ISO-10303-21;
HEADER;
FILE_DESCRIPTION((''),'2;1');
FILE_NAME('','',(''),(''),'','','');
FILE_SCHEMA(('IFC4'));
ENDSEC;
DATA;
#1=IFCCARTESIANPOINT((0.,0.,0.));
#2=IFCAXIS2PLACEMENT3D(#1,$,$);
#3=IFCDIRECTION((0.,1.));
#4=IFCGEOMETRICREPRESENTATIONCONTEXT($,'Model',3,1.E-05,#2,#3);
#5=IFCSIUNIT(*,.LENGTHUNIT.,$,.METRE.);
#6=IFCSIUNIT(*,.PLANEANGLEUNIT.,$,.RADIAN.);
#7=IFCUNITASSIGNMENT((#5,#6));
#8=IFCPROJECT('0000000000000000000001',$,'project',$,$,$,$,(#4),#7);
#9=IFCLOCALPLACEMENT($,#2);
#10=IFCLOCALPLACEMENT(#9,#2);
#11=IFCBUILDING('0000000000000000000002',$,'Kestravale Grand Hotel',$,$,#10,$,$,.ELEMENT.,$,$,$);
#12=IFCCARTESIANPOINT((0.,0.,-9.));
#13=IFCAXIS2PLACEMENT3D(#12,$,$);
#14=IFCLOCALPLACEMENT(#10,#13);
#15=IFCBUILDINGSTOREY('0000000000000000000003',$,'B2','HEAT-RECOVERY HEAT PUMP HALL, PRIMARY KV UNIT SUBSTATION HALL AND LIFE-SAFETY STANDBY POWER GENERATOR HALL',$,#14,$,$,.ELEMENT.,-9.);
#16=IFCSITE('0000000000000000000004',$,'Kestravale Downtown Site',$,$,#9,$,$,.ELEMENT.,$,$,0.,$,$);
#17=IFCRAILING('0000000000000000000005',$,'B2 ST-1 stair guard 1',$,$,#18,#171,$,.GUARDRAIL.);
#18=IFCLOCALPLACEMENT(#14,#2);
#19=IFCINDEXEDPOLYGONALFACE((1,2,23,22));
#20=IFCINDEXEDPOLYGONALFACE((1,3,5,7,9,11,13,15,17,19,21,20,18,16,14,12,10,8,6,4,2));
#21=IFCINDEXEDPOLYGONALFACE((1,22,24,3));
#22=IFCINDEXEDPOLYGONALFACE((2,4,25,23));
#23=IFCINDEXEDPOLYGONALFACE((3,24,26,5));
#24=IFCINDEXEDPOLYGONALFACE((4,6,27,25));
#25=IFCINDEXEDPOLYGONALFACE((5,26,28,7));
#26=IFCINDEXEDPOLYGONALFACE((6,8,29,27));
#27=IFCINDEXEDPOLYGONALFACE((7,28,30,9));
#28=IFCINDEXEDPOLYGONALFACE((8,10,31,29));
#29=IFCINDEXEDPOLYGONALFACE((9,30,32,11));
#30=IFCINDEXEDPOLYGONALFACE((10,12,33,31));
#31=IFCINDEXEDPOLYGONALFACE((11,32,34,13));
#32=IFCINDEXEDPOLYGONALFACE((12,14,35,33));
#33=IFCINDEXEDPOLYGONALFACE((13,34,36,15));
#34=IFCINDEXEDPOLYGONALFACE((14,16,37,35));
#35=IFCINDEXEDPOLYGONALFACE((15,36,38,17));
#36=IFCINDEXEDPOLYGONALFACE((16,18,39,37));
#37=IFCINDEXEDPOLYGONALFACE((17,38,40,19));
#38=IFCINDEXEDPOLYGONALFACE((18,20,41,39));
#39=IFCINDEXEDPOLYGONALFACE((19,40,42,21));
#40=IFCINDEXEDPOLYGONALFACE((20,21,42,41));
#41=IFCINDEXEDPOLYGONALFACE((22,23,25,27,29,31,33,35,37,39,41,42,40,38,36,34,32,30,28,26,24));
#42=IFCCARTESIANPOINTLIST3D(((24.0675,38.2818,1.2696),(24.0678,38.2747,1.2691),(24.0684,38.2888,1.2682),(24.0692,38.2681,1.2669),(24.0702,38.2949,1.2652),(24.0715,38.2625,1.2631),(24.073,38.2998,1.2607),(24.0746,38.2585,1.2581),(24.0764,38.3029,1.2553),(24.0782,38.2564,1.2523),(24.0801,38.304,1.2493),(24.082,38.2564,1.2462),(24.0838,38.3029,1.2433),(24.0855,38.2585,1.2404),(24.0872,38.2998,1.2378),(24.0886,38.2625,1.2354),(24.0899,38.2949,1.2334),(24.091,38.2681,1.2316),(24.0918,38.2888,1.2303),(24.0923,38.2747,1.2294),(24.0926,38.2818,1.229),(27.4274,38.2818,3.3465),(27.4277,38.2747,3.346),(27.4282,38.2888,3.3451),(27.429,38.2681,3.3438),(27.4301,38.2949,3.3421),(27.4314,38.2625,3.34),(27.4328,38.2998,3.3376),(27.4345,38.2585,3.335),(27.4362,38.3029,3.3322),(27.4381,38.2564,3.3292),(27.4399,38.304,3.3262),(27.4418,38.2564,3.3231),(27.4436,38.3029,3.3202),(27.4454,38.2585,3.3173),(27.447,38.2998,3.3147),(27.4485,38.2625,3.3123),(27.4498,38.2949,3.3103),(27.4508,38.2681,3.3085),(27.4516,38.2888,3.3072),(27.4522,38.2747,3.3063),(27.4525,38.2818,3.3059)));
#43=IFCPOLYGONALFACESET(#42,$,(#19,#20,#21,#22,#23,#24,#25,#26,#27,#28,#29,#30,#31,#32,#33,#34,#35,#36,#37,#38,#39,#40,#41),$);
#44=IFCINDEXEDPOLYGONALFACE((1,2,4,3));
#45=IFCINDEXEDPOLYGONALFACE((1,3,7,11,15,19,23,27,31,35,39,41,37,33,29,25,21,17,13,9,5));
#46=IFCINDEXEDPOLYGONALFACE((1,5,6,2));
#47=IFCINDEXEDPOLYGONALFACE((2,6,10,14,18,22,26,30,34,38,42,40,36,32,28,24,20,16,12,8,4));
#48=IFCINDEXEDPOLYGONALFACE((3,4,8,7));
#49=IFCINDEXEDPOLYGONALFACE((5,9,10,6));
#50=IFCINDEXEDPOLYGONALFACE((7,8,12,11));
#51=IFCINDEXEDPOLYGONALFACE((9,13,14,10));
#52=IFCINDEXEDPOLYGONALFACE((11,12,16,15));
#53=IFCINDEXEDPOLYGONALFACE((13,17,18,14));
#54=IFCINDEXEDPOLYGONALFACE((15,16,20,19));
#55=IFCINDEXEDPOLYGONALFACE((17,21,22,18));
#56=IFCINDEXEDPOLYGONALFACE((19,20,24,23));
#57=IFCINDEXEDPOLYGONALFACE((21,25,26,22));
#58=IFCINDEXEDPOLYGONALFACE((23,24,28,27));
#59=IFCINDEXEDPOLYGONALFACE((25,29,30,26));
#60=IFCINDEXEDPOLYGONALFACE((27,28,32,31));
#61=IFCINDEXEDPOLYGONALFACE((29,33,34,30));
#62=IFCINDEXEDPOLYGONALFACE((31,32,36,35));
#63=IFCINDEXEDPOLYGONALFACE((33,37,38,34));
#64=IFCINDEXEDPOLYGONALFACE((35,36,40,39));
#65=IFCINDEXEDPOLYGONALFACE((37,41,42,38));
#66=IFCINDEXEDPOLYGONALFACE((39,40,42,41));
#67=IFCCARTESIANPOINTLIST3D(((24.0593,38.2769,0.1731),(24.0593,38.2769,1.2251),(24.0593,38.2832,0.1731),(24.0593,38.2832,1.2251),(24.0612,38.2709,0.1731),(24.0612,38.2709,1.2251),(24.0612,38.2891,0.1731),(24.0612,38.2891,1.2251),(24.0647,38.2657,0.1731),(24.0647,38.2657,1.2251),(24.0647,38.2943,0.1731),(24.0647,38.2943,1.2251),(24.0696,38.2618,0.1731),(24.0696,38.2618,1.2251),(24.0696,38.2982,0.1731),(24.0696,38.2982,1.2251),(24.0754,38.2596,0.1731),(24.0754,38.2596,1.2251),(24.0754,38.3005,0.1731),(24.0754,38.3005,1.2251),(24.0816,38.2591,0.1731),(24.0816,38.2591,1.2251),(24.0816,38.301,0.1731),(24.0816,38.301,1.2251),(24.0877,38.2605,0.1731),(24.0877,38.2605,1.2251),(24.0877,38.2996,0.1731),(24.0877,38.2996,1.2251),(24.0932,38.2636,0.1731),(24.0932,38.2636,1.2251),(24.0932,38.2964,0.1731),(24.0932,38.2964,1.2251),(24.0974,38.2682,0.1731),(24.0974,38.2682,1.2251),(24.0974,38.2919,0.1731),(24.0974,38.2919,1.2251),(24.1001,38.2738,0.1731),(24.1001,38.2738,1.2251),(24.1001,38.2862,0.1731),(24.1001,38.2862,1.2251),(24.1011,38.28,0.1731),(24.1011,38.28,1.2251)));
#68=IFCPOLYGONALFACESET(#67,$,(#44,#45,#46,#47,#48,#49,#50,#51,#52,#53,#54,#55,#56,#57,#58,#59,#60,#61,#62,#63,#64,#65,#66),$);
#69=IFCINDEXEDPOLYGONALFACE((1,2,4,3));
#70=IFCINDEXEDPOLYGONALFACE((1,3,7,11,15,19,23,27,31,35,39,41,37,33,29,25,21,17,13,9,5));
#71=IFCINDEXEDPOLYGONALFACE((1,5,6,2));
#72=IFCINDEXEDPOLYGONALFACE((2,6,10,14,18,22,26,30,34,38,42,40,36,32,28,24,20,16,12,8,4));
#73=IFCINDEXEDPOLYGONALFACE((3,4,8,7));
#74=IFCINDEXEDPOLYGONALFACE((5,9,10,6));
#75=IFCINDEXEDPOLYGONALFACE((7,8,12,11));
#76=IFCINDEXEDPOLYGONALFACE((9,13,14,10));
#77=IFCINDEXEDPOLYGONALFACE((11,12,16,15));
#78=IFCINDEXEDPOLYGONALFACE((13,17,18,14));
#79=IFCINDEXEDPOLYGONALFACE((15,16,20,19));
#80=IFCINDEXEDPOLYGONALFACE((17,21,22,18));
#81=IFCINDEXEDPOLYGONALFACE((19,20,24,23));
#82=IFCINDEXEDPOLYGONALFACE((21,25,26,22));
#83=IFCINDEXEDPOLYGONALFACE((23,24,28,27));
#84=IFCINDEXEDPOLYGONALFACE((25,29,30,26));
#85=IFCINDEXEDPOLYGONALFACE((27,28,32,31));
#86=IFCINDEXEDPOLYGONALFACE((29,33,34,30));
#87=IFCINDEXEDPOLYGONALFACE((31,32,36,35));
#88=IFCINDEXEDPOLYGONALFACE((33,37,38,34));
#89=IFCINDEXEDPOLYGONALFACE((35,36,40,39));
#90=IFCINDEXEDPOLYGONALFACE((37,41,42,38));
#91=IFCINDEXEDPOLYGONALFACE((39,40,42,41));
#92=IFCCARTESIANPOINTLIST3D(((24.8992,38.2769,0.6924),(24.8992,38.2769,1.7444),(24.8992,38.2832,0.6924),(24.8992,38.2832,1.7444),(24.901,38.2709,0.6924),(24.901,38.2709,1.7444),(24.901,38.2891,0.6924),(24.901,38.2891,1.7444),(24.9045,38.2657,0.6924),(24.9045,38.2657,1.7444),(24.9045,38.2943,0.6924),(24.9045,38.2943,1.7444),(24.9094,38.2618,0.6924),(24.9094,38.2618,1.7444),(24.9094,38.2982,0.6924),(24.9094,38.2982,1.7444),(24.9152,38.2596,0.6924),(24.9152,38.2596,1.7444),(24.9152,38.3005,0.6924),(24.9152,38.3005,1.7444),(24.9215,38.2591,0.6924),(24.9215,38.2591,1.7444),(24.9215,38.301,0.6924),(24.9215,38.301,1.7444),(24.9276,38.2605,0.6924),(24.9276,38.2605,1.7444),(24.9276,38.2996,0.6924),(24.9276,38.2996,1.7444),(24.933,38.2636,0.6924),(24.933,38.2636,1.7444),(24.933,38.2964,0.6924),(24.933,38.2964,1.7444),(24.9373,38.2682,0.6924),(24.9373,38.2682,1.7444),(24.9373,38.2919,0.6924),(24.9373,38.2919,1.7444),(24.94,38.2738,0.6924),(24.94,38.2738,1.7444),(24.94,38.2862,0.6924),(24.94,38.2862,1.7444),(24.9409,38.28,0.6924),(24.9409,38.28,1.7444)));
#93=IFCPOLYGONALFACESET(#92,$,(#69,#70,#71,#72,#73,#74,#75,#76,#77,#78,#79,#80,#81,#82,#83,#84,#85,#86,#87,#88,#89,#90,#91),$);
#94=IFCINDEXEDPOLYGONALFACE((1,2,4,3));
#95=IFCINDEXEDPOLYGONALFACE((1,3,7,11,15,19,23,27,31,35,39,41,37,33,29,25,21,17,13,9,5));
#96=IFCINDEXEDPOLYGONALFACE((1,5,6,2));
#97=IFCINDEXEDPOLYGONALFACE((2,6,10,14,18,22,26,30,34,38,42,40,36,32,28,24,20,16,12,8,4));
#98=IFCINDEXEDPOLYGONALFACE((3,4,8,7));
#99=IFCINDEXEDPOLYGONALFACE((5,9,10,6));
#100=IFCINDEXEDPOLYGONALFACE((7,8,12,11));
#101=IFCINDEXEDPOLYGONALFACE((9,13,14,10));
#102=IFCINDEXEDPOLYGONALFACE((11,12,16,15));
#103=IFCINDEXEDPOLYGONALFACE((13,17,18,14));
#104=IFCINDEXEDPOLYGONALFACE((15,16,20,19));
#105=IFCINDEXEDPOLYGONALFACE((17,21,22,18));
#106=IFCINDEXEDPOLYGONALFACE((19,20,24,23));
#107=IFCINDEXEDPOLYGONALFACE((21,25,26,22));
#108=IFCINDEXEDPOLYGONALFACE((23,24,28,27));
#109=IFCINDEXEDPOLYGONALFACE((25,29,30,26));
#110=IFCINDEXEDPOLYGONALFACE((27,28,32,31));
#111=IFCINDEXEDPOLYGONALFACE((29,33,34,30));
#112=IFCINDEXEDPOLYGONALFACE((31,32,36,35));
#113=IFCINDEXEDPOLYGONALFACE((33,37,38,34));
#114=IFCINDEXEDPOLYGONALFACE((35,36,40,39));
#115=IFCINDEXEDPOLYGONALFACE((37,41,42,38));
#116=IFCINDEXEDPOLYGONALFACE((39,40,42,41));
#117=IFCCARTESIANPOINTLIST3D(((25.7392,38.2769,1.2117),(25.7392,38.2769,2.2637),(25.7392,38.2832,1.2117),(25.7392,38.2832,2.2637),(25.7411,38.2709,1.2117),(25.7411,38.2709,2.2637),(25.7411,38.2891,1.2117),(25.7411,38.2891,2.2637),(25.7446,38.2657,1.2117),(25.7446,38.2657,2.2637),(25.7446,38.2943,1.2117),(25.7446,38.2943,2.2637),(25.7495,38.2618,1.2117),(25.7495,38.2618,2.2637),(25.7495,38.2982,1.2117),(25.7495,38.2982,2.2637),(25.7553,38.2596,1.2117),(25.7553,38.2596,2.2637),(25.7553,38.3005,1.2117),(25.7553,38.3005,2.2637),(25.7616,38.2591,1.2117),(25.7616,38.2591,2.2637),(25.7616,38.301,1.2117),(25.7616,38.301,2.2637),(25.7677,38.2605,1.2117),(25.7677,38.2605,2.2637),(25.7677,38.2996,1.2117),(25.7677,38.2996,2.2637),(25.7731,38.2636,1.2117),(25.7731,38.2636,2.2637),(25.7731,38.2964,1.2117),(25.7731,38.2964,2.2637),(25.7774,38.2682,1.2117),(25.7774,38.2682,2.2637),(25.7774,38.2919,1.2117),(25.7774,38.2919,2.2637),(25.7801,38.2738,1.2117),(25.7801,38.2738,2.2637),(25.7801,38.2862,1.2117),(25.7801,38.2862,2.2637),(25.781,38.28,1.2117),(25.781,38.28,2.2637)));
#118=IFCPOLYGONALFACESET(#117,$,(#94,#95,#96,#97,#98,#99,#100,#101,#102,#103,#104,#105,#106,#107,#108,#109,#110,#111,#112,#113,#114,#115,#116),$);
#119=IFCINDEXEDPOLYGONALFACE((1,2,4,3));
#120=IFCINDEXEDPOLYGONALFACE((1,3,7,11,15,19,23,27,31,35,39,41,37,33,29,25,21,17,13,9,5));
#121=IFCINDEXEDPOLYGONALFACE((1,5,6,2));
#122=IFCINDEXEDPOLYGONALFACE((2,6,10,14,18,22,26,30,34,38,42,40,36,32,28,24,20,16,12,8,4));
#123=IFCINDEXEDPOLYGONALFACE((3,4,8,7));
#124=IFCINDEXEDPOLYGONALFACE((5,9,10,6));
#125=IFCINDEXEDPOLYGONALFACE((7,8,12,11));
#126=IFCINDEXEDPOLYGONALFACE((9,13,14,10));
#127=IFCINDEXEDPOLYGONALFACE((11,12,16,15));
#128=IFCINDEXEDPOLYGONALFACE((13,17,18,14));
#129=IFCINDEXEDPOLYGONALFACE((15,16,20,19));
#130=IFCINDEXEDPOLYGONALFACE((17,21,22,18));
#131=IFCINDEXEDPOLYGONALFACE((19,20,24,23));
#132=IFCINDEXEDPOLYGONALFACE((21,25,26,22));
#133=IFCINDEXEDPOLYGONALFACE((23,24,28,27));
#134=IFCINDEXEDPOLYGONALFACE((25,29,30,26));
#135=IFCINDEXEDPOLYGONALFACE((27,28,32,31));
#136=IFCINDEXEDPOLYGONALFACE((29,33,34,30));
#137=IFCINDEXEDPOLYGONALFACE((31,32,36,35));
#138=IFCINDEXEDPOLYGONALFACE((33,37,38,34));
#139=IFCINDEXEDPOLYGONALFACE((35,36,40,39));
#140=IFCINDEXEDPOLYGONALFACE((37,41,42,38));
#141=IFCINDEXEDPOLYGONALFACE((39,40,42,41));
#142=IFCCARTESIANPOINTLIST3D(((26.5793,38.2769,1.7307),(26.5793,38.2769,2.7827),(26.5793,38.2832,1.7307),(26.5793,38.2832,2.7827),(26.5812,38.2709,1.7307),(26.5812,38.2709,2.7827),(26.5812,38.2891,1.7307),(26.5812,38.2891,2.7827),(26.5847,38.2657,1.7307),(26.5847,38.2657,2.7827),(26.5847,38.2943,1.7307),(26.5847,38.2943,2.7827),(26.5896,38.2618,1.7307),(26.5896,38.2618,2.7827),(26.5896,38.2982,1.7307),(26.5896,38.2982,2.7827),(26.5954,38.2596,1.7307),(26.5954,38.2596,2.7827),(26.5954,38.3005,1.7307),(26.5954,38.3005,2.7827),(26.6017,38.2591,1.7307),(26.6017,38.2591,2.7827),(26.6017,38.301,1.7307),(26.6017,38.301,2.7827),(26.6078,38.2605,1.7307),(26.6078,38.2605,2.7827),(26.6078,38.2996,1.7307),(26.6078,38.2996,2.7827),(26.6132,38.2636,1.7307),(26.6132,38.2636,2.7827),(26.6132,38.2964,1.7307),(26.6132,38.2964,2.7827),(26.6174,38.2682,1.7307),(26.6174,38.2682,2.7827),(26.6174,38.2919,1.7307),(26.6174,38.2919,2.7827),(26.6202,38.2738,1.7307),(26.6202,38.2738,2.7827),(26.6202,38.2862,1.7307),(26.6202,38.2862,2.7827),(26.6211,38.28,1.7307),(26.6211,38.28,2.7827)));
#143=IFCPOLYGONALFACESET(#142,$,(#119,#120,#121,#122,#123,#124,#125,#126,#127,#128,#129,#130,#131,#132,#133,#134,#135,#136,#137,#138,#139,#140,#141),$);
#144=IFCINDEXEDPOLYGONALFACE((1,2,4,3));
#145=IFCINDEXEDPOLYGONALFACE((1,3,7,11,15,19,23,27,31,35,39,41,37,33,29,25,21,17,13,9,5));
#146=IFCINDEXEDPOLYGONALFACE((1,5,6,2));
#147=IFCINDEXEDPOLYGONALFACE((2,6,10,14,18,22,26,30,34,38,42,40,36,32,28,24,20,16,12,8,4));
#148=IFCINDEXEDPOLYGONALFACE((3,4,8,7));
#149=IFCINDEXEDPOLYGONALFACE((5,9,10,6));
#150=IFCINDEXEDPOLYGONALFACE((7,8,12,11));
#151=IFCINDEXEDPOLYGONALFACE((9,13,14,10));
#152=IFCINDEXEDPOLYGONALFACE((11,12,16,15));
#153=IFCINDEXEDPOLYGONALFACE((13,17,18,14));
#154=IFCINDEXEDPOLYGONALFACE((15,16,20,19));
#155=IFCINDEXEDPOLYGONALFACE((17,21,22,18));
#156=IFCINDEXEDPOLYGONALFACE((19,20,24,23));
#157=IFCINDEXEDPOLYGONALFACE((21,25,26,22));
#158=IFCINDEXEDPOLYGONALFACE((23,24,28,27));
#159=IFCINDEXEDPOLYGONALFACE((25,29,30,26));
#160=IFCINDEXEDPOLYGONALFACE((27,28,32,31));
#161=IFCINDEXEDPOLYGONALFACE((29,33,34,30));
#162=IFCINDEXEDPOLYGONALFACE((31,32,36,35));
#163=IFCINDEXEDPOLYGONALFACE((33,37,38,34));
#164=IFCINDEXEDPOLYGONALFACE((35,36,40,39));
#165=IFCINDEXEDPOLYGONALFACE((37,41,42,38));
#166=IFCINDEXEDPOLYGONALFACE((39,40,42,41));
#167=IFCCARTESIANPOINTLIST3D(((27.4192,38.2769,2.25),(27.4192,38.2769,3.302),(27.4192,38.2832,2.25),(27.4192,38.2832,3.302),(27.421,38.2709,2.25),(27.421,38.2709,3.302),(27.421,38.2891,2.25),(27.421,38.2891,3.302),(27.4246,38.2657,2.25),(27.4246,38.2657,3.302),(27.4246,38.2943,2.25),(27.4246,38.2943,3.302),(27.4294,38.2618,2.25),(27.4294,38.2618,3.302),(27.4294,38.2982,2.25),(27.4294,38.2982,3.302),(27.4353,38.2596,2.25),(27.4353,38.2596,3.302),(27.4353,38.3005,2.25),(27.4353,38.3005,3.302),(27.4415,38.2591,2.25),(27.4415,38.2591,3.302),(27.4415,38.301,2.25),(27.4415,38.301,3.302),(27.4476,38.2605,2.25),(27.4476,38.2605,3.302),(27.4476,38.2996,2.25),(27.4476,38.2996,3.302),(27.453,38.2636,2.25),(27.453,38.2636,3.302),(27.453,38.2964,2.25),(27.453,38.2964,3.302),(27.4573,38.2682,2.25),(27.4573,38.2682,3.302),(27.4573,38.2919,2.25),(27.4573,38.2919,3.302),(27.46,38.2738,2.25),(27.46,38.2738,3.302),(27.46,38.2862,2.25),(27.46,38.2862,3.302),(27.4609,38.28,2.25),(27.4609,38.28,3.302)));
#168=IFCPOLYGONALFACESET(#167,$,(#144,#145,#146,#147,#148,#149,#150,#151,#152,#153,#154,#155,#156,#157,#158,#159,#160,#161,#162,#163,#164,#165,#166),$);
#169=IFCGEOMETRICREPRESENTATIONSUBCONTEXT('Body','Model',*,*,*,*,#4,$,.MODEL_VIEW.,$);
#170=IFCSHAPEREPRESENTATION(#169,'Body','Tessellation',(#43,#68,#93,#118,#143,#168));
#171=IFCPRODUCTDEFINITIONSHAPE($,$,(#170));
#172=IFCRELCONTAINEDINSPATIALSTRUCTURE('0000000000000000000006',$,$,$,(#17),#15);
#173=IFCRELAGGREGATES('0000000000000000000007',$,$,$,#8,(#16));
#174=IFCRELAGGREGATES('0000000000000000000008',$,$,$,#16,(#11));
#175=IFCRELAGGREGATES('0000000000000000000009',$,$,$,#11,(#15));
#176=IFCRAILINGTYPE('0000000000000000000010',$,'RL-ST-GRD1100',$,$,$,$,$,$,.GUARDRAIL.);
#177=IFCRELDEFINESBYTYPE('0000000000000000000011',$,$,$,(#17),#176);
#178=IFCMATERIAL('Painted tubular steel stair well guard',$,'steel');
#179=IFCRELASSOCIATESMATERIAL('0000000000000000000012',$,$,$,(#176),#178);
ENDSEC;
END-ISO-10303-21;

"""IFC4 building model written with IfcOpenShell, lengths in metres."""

from ifc_helpers import new_model, si_unit, direction, frame, origin, origin_2d, place, context, subcontext, project, spatial, circle, extrude, material, type_object, element, save


model = new_model("IFC4")

# Units and contexts
model_context = context("Model", 3, precision=1e-05, world=origin(), true_north=direction((0.0, 1.0)))
body_context = subcontext(model_context, "Body", "Model", "MODEL_VIEW")
ifc_project = project(units=[si_unit("LENGTHUNIT", "METRE"), si_unit("PLANEANGLEUNIT", "RADIAN")], contexts=[model_context])

# Site, building, storey
site_placement = place(None, origin())
site = spatial("IfcSite", under=ifc_project, at=site_placement, Name="Kestravale Downtown Site", CompositionType="ELEMENT", RefElevation=0.0)
building_placement = place(site_placement, origin())
building = spatial("IfcBuilding", under=site, at=building_placement, Name="Kestravale Grand Hotel", CompositionType="ELEMENT")
storey_placement = place(building_placement, frame((0.0, 0.0, -9.0)))
storey = spatial("IfcBuildingStorey", under=building, at=storey_placement, Name="B2", Description="HEAT-RECOVERY HEAT PUMP HALL, PRIMARY KV UNIT SUBSTATION HALL AND LIFE-SAFETY STANDBY POWER GENERATOR HALL", CompositionType="ELEMENT", Elevation=-9.0)

# Railing
ifc_material_1 = material(Name="Painted tubular steel stair well guard", Category="steel")
railing_type_1 = type_object("IfcRailingType", Name="RL-ST-GRD1100", PredefinedType="GUARDRAIL", material=ifc_material_1)
railing_1_placement = place(storey_placement, frame((24.0801, 38.28, 0.1731)))
element("IfcRailing", 1, at=railing_1_placement, inside=storey, type_object=railing_type_1, Name="B2 ST-1 stair guard 1", PredefinedType="GUARDRAIL", context=body_context, shape_type="SweptSolid", body=[
    extrude(circle(Radius=0.0239, at=origin_2d()), frame((0.0, 0.0, 1.0762), z_axis=(0.850606, 0.0, 0.525803), x_axis=(0.0, 1.0, 0.0)), (0.0, 0.0, 1.0), 3.95),
    extrude(circle(Radius=0.021, at=origin_2d()), origin(), (0.0, 0.0, 1.0), 1.052),
    extrude(circle(Radius=0.021, at=origin_2d()), frame((0.8398, 0.0, 0.5193)), (0.0, 0.0, 1.0), 1.052),
    extrude(circle(Radius=0.021, at=origin_2d()), frame((1.6799, 0.0, 1.0386)), (0.0, 0.0, 1.0), 1.052),
    extrude(circle(Radius=0.021, at=origin_2d()), frame((2.52, 0.0, 1.5576)), (0.0, 0.0, 1.0), 1.052),
    extrude(circle(Radius=0.021, at=origin_2d()), frame((3.3599, 0.0, 2.0769)), (0.0, 0.0, 1.0), 1.052),
])

save(model, "model.ifc")
